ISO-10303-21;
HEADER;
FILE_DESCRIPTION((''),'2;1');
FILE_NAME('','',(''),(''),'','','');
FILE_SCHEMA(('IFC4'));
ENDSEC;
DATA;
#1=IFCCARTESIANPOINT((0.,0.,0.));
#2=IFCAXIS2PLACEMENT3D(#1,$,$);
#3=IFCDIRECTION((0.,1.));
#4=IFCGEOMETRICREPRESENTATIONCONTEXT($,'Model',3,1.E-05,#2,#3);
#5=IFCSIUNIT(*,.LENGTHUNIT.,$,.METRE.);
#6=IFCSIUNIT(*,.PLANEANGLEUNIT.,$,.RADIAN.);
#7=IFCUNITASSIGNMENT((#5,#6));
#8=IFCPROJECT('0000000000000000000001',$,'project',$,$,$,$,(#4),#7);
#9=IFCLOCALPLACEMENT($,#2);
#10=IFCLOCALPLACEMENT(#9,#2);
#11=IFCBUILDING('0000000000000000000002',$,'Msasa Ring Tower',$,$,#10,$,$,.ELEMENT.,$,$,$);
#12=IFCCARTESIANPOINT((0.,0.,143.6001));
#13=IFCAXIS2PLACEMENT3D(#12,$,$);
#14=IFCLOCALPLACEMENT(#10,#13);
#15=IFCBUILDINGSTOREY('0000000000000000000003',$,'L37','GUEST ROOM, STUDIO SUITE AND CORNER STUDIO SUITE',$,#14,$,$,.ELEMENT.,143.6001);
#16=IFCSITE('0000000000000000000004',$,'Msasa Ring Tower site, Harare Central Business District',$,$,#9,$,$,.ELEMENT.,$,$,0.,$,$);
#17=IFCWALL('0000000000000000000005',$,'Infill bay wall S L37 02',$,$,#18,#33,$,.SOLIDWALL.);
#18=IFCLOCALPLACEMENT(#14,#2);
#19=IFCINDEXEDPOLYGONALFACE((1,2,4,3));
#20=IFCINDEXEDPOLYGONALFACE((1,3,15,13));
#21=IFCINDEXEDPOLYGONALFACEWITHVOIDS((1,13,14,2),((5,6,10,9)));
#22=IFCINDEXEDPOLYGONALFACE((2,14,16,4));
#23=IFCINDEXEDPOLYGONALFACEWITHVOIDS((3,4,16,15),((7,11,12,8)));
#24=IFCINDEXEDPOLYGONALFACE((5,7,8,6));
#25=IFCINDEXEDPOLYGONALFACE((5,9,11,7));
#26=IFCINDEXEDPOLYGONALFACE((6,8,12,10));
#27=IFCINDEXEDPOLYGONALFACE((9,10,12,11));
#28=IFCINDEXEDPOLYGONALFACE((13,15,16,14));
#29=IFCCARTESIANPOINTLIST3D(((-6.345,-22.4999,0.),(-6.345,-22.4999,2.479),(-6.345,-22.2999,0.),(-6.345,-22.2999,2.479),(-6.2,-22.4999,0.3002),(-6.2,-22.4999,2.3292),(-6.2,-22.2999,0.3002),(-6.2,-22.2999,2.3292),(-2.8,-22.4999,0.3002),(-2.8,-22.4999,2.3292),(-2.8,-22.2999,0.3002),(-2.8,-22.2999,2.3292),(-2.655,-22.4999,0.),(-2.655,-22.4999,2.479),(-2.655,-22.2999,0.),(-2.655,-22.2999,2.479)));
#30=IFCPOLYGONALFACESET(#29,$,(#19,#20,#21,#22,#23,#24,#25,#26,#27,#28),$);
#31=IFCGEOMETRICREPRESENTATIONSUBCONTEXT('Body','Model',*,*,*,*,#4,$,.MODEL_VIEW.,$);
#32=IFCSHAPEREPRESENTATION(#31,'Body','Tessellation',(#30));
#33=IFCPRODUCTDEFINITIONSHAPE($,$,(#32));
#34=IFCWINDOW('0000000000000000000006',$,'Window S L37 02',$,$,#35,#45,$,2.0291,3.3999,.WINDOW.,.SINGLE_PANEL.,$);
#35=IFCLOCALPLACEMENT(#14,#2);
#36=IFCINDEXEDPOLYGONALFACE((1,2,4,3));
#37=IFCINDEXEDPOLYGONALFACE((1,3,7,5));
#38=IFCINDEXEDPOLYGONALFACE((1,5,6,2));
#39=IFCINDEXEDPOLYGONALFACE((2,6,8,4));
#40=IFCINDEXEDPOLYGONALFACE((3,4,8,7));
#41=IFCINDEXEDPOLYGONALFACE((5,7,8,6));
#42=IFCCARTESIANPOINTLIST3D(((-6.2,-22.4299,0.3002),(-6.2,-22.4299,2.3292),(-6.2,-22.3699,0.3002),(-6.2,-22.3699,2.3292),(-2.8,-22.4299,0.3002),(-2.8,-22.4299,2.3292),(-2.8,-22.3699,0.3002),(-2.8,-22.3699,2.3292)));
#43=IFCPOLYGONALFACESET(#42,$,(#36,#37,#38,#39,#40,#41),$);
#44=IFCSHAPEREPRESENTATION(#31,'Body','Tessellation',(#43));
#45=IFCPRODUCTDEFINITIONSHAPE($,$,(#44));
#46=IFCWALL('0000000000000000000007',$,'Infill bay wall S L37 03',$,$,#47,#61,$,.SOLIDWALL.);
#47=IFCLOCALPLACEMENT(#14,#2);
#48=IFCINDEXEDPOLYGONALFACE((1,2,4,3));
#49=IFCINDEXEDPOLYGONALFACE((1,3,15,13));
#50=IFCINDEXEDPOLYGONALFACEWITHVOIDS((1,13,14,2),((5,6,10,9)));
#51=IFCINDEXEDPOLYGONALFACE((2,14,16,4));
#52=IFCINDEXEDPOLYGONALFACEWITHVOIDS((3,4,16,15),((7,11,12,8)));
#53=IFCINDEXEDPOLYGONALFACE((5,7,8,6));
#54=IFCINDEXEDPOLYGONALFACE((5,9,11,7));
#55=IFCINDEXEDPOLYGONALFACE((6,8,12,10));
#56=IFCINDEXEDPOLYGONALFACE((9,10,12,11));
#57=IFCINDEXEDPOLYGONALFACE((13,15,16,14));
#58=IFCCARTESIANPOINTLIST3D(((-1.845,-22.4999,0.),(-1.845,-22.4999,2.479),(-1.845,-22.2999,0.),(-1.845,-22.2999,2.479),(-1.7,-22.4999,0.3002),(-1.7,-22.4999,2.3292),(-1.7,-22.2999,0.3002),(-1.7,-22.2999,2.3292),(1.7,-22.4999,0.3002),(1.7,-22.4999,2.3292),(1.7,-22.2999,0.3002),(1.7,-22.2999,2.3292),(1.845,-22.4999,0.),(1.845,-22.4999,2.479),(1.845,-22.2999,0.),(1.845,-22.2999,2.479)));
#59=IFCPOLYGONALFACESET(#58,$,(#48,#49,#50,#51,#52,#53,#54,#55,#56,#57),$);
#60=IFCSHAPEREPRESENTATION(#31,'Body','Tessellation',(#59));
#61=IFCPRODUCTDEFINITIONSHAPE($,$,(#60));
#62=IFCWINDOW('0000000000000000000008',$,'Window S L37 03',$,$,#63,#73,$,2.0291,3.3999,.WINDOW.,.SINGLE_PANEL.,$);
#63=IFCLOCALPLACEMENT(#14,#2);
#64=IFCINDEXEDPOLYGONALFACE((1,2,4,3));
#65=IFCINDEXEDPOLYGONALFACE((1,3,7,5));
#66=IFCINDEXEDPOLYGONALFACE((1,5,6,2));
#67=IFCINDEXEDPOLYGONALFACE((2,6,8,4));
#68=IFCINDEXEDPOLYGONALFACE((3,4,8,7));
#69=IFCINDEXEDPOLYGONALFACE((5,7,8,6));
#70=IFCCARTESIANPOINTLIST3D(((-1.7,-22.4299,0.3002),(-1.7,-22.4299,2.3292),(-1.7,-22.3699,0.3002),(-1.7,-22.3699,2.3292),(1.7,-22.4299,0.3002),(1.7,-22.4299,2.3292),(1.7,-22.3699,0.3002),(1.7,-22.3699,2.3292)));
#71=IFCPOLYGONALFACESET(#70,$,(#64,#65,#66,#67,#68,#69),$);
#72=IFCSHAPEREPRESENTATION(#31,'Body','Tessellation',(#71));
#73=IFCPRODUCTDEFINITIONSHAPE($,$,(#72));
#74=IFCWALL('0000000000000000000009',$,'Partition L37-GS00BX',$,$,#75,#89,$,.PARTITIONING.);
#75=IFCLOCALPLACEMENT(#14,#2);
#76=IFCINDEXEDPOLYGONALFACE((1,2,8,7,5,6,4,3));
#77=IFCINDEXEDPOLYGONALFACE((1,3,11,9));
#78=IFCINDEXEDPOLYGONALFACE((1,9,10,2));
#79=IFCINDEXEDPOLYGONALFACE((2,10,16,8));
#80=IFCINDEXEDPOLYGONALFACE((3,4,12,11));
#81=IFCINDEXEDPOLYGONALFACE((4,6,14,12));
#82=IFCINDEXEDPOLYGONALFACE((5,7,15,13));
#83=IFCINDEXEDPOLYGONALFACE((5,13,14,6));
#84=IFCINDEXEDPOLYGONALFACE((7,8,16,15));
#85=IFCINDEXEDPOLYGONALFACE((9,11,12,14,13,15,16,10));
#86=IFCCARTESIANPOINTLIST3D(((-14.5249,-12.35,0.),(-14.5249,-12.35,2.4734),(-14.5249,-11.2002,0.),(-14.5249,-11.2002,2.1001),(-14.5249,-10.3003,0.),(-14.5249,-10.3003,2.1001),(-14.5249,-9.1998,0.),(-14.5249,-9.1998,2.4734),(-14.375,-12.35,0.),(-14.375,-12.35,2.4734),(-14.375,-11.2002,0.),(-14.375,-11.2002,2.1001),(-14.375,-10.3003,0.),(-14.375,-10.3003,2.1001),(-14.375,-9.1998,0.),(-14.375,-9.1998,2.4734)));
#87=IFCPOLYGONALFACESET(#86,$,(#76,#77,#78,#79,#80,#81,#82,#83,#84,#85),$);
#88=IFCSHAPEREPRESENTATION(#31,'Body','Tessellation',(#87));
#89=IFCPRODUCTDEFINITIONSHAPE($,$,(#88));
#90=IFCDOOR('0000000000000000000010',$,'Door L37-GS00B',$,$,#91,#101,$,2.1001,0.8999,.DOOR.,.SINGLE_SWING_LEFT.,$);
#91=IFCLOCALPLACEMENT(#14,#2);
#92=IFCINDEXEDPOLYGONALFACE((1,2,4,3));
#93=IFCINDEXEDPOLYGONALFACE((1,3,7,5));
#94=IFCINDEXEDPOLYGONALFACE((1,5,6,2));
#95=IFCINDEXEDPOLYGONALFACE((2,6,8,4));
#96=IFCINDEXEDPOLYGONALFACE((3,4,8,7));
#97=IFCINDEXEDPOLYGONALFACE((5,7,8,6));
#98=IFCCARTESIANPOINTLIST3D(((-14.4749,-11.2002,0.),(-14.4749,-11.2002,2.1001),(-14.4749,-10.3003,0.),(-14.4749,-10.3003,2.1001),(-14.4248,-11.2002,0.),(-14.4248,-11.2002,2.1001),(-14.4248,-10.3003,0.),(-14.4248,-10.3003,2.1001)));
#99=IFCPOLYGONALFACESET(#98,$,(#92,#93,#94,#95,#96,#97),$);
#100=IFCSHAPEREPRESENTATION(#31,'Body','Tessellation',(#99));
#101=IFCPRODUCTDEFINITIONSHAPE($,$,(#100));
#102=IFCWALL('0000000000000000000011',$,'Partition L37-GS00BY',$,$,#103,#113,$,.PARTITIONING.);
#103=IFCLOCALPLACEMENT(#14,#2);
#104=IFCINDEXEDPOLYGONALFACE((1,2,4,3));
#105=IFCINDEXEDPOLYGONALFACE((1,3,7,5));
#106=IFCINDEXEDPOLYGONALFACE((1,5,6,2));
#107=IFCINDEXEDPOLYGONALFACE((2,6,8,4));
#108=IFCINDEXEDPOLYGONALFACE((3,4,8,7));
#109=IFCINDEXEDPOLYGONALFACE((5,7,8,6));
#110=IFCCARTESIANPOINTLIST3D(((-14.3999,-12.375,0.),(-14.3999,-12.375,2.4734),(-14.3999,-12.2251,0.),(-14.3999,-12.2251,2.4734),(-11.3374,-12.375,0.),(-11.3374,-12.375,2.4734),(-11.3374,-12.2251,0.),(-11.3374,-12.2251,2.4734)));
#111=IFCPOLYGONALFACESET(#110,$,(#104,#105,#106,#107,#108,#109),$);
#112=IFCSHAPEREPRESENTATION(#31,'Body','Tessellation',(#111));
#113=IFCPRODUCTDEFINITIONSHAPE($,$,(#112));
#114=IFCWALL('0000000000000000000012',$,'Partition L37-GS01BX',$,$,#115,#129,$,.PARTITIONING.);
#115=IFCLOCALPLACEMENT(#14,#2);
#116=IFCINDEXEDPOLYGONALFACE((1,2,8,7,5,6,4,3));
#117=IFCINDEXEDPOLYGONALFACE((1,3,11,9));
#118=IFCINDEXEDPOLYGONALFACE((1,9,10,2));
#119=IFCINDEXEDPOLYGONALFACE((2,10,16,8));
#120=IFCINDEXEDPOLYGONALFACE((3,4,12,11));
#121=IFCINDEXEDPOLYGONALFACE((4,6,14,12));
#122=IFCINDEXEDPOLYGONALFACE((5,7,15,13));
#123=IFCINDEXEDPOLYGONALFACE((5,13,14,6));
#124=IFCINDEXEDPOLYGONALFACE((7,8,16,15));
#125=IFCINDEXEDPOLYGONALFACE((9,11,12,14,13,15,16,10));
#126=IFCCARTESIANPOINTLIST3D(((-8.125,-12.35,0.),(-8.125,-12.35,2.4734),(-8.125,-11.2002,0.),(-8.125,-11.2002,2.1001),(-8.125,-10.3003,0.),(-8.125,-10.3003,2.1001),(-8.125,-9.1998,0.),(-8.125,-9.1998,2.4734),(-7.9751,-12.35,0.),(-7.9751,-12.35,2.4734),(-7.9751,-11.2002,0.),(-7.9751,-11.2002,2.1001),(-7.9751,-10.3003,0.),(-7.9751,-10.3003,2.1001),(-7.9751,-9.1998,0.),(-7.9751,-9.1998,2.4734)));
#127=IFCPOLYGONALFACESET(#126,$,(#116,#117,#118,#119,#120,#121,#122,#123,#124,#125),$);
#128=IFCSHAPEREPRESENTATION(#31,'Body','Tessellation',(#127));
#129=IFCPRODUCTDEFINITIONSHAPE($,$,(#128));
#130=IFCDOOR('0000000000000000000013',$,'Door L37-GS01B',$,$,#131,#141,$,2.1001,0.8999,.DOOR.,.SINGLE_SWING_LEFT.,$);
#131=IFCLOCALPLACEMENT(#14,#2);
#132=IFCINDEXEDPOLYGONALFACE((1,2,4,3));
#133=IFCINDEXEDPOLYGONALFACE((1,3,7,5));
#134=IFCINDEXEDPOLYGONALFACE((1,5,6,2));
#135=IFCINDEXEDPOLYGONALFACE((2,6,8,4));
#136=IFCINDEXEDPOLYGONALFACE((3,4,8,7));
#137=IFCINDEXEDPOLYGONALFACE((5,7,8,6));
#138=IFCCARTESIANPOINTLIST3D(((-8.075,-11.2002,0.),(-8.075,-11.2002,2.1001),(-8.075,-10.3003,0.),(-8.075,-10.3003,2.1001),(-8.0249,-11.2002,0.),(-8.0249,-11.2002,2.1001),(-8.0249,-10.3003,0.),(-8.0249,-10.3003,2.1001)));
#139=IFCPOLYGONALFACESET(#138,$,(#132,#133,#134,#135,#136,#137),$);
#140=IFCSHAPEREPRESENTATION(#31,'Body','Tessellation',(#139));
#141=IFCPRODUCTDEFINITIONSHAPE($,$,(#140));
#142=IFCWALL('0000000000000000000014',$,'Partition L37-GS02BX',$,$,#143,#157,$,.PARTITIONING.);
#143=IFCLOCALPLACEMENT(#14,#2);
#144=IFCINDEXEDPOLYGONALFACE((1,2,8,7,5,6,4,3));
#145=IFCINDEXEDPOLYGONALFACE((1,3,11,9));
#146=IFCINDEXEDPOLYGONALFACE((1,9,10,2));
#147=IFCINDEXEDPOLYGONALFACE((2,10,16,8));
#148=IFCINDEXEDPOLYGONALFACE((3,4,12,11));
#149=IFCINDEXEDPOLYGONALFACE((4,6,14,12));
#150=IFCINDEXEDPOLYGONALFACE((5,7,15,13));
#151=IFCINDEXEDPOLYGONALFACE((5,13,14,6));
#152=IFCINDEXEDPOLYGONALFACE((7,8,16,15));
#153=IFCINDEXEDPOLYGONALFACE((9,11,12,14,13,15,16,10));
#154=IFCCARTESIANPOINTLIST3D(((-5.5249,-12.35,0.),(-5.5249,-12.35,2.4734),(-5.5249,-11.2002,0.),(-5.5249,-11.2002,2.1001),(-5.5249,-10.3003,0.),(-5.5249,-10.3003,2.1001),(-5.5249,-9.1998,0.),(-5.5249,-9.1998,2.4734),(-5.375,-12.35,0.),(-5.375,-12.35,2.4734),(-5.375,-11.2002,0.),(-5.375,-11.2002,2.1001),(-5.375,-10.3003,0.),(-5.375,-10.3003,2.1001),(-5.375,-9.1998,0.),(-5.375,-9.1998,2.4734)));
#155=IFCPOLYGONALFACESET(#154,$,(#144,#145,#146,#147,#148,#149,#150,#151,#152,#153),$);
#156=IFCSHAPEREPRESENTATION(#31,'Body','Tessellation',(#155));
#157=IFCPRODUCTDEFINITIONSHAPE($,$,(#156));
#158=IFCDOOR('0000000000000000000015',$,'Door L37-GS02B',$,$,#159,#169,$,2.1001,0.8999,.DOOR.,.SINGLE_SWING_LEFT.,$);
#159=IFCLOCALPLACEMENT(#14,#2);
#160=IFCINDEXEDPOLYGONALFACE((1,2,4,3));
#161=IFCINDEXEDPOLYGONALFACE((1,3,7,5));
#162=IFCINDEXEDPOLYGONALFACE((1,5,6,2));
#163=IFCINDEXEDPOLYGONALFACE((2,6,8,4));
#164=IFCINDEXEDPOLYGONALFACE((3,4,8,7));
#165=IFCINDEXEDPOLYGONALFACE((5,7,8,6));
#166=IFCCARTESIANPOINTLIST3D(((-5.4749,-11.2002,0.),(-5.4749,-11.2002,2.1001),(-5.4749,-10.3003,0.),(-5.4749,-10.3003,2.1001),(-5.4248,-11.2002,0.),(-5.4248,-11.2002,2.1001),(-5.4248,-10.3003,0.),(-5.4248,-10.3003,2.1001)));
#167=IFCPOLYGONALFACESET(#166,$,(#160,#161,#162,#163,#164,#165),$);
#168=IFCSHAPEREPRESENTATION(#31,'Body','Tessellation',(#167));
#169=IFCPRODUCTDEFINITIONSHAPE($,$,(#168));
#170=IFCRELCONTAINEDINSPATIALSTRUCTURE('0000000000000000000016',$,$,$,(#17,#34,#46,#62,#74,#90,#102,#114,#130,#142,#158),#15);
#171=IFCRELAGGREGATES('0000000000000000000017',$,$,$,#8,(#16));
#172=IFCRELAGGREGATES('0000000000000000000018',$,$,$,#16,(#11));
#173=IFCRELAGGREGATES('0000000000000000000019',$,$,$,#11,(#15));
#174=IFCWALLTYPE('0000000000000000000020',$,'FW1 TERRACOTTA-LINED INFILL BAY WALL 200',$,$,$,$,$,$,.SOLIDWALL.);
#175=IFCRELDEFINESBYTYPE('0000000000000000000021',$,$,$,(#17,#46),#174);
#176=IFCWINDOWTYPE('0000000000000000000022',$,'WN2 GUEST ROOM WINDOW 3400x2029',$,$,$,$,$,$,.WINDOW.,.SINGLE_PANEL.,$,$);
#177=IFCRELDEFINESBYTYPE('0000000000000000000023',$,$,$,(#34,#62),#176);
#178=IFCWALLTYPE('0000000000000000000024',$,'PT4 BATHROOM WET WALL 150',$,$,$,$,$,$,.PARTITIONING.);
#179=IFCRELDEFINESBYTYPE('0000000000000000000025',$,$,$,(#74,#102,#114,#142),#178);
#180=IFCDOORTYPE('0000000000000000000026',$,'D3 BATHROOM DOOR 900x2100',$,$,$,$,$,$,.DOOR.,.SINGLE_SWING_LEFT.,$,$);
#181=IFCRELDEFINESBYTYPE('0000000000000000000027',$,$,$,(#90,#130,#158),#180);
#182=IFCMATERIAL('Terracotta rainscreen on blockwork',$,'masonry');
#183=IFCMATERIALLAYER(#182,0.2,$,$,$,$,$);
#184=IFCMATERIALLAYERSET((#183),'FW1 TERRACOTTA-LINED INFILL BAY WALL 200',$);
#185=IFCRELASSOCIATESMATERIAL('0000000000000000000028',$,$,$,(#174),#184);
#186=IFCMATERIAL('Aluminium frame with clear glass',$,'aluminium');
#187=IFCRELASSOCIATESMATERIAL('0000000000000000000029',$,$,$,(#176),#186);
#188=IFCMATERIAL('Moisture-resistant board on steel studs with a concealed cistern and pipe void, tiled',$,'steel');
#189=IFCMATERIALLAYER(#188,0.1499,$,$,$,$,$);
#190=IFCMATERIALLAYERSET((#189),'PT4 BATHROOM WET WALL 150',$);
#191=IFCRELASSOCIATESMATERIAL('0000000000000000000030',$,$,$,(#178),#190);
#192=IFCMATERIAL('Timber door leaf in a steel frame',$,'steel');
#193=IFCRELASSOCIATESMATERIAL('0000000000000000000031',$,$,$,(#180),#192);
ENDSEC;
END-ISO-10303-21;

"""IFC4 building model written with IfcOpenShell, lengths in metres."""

from ifc_helpers import new_model, si_unit, direction, frame, frame_2d, origin, place, context, subcontext, project, spatial, rectangle, extrude, material, layer, layer_set, type_object, element, fill, save


model = new_model("IFC4")

# Units and contexts
model_context = context("Model", 3, precision=1e-05, world=origin(), true_north=direction((0.0, 1.0)))
body_context = subcontext(model_context, "Body", "Model", "MODEL_VIEW")
ifc_project = project(units=[si_unit("LENGTHUNIT", "METRE"), si_unit("PLANEANGLEUNIT", "RADIAN")], contexts=[model_context])

# Site, building, storey
site_placement = place(None, origin())
site = spatial("IfcSite", under=ifc_project, at=site_placement, Name="Msasa Ring Tower site, Harare Central Business District", CompositionType="ELEMENT", RefElevation=0.0)
building_placement = place(site_placement, origin())
building = spatial("IfcBuilding", under=site, at=building_placement, Name="Msasa Ring Tower", CompositionType="ELEMENT")
storey_placement = place(building_placement, frame((0.0, 0.0, 143.6001)))
storey = spatial("IfcBuildingStorey", under=building, at=storey_placement, Name="L37", Description="GUEST ROOM, STUDIO SUITE AND CORNER STUDIO SUITE", CompositionType="ELEMENT", Elevation=143.6001)

# Walls, openings, windows
ifc_material_1 = material(Name="Terracotta rainscreen on blockwork", Category="masonry")
ifc_layer_1 = layer(ifc_material_1, 0.2)
ifc_layer_set_1 = layer_set([ifc_layer_1], Name="FW1 TERRACOTTA-LINED INFILL BAY WALL 200")
wall_type_1 = type_object("IfcWallType", Name="FW1 TERRACOTTA-LINED INFILL BAY WALL 200", PredefinedType="SOLIDWALL", material=ifc_layer_set_1)
ifc_material_2 = material(Name="Aluminium frame with clear glass", Category="aluminium")
window_type = type_object("IfcWindowType", Name="WN2 GUEST ROOM WINDOW 3400x2029", PartitioningType="SINGLE_PANEL", PredefinedType="WINDOW", material=ifc_material_2)
wall_1_placement = place(storey_placement, frame((-6.345, -22.3999, 0.0), z_axis=(0.0, 0.0, 1.0), x_axis=(1.0, 0.0, 0.0)))
wall_1 = element("IfcWall", 1, at=wall_1_placement, inside=storey, type_object=wall_type_1, Name="Infill bay wall S L37 02", PredefinedType="SOLIDWALL", context=body_context, shape_type="SweptSolid", body=[
    extrude(rectangle(XDim=3.6899, YDim=0.2, at=frame_2d((1.845, 0.0))), origin(), (0.0, 0.0, 1.0), 2.479),
])
opening_1_placement = place(wall_1_placement, frame((0.145, 0.0, 0.3)))
opening_1 = element("IfcOpeningElement", 2, at=opening_1_placement, cuts=wall_1, PredefinedType="OPENING", context=body_context, shape_type="SweptSolid", body=[
    extrude(rectangle(XDim=3.3999, YDim=2.0291, at=frame_2d((1.7, 1.0146))), frame((0.0, 0.1099, 0.0), z_axis=(0.0, -1.0, 0.0), x_axis=(1.0, 0.0, 0.0)), (0.0, 0.0, 1.0), 0.22),
])
window_1_placement = place(opening_1_placement, origin())
window_1 = element("IfcWindow", 3, at=window_1_placement, inside=storey, type_object=window_type, Name="Window S L37 02", OverallHeight=2.0291, OverallWidth=3.3999, PartitioningType="SINGLE_PANEL", PredefinedType="WINDOW", context=body_context, shape_type="SweptSolid", body=[
    extrude(rectangle(XDim=3.3999, YDim=2.0291, at=frame_2d((1.7, 1.0146))), frame((0.0, 0.03, 0.0), z_axis=(0.0, -1.0, 0.0), x_axis=(1.0, 0.0, 0.0)), (0.0, 0.0, 1.0), 0.0601),
])
fill(opening_1, window_1)
wall_2_placement = place(storey_placement, frame((-1.845, -22.3999, 0.0), z_axis=(0.0, 0.0, 1.0), x_axis=(1.0, 0.0, 0.0)))
wall_2 = element("IfcWall", 4, at=wall_2_placement, inside=storey, type_object=wall_type_1, Name="Infill bay wall S L37 03", PredefinedType="SOLIDWALL", context=body_context, shape_type="SweptSolid", body=[
    extrude(rectangle(XDim=3.6899, YDim=0.2, at=frame_2d((1.845, 0.0))), origin(), (0.0, 0.0, 1.0), 2.479),
])
opening_2_placement = place(wall_2_placement, frame((0.145, 0.0, 0.3)))
opening_2 = element("IfcOpeningElement", 5, at=opening_2_placement, cuts=wall_2, PredefinedType="OPENING", context=body_context, shape_type="SweptSolid", body=[
    extrude(rectangle(XDim=3.3999, YDim=2.0291, at=frame_2d((1.7, 1.0146))), frame((0.0, 0.1099, 0.0), z_axis=(0.0, -1.0, 0.0), x_axis=(1.0, 0.0, 0.0)), (0.0, 0.0, 1.0), 0.22),
])
window_2_placement = place(opening_2_placement, origin())
window_2 = element("IfcWindow", 6, at=window_2_placement, inside=storey, type_object=window_type, Name="Window S L37 03", OverallHeight=2.0291, OverallWidth=3.3999, PartitioningType="SINGLE_PANEL", PredefinedType="WINDOW", context=body_context, shape_type="SweptSolid", body=[
    extrude(rectangle(XDim=3.3999, YDim=2.0291, at=frame_2d((1.7, 1.0146))), frame((0.0, 0.03, 0.0), z_axis=(0.0, -1.0, 0.0), x_axis=(1.0, 0.0, 0.0)), (0.0, 0.0, 1.0), 0.0601),
])
fill(opening_2, window_2)

# Wall, opening, door
ifc_material_3 = material(Name="Moisture-resistant board on steel studs with a concealed cistern and pipe void, tiled", Category="steel")
ifc_layer_2 = layer(ifc_material_3, 0.1499)
ifc_layer_set_2 = layer_set([ifc_layer_2], Name="PT4 BATHROOM WET WALL 150")
wall_type_2 = type_object("IfcWallType", Name="PT4 BATHROOM WET WALL 150", PredefinedType="PARTITIONING", material=ifc_layer_set_2)
wall_3_placement = place(storey_placement, frame((-14.45, -12.3501, 0.0), z_axis=(0.0, 0.0, 1.0), x_axis=(0.0, 1.0, 0.0)))
wall_3 = element("IfcWall", 7, at=wall_3_placement, inside=storey, type_object=wall_type_2, Name="Partition L37-GS00BX", PredefinedType="PARTITIONING", context=body_context, shape_type="SweptSolid", body=[
    extrude(rectangle(XDim=3.1501, YDim=0.1499, at=frame_2d((1.5752, 0.0))), origin(), (0.0, 0.0, 1.0), 2.4734),
])
opening_3_placement = place(wall_3_placement, frame((1.1499, 0.0, 0.0)))
opening_3 = element("IfcOpeningElement", 8, at=opening_3_placement, cuts=wall_3, PredefinedType="OPENING", context=body_context, shape_type="SweptSolid", body=[
    extrude(rectangle(XDim=0.8999, YDim=2.1001, at=frame_2d((0.45, 1.05))), frame((0.0, 0.085, 0.0), z_axis=(0.0, -1.0, 0.0), x_axis=(1.0, 0.0, 0.0)), (0.0, 0.0, 1.0), 0.1699),
])
ifc_material_4 = material(Name="Timber door leaf in a steel frame", Category="steel")
door_type = type_object("IfcDoorType", Name="D3 BATHROOM DOOR 900x2100", OperationType="SINGLE_SWING_LEFT", PredefinedType="DOOR", material=ifc_material_4)
door_1_placement = place(opening_3_placement, origin())
door_1 = element("IfcDoor", 9, at=door_1_placement, inside=storey, type_object=door_type, Name="Door L37-GS00B", OperationType="SINGLE_SWING_LEFT", OverallHeight=2.1001, OverallWidth=0.8999, PredefinedType="DOOR", context=body_context, shape_type="SweptSolid", body=[
    extrude(rectangle(XDim=0.8999, YDim=2.1001, at=frame_2d((0.45, 1.05))), frame((0.0, 0.0249, 0.0), z_axis=(0.0, -1.0, 0.0), x_axis=(1.0, 0.0, 0.0)), (0.0, 0.0, 1.0), 0.05),
])
fill(opening_3, door_1)

# Wall
wall_4_placement = place(storey_placement, frame((-14.3999, -12.3, 0.0), z_axis=(0.0, 0.0, 1.0), x_axis=(1.0, 0.0, 0.0)))
element("IfcWall", 10, at=wall_4_placement, inside=storey, type_object=wall_type_2, Name="Partition L37-GS00BY", PredefinedType="PARTITIONING", context=body_context, shape_type="SweptSolid", body=[
    extrude(rectangle(XDim=3.0625, YDim=0.1499, at=frame_2d((1.5312, 0.0))), origin(), (0.0, 0.0, 1.0), 2.4734),
])

# Walls, openings, doors
wall_5_placement = place(storey_placement, frame((-8.05, -12.3501, 0.0), z_axis=(0.0, 0.0, 1.0), x_axis=(0.0, 1.0, 0.0)))
wall_5 = element("IfcWall", 11, at=wall_5_placement, inside=storey, type_object=wall_type_2, Name="Partition L37-GS01BX", PredefinedType="PARTITIONING", context=body_context, shape_type="SweptSolid", body=[
    extrude(rectangle(XDim=3.1501, YDim=0.1499, at=frame_2d((1.5752, 0.0))), origin(), (0.0, 0.0, 1.0), 2.4734),
])
opening_4_placement = place(wall_5_placement, frame((1.1499, 0.0, 0.0)))
opening_4 = element("IfcOpeningElement", 12, at=opening_4_placement, cuts=wall_5, PredefinedType="OPENING", context=body_context, shape_type="SweptSolid", body=[
    extrude(rectangle(XDim=0.8999, YDim=2.1001, at=frame_2d((0.45, 1.05))), frame((0.0, 0.085, 0.0), z_axis=(0.0, -1.0, 0.0), x_axis=(1.0, 0.0, 0.0)), (0.0, 0.0, 1.0), 0.1699),
])
door_2_placement = place(opening_4_placement, origin())
door_2 = element("IfcDoor", 13, at=door_2_placement, inside=storey, type_object=door_type, Name="Door L37-GS01B", OperationType="SINGLE_SWING_LEFT", OverallHeight=2.1001, OverallWidth=0.8999, PredefinedType="DOOR", context=body_context, shape_type="SweptSolid", body=[
    extrude(rectangle(XDim=0.8999, YDim=2.1001, at=frame_2d((0.45, 1.05))), frame((0.0, 0.0249, 0.0), z_axis=(0.0, -1.0, 0.0), x_axis=(1.0, 0.0, 0.0)), (0.0, 0.0, 1.0), 0.05),
])
fill(opening_4, door_2)
wall_6_placement = place(storey_placement, frame((-5.45, -12.3501, 0.0), z_axis=(0.0, 0.0, 1.0), x_axis=(0.0, 1.0, 0.0)))
wall_6 = element("IfcWall", 14, at=wall_6_placement, inside=storey, type_object=wall_type_2, Name="Partition L37-GS02BX", PredefinedType="PARTITIONING", context=body_context, shape_type="SweptSolid", body=[
    extrude(rectangle(XDim=3.1501, YDim=0.1499, at=frame_2d((1.5752, 0.0))), origin(), (0.0, 0.0, 1.0), 2.4734),
])
opening_5_placement = place(wall_6_placement, frame((1.1499, 0.0, 0.0)))
opening_5 = element("IfcOpeningElement", 15, at=opening_5_placement, cuts=wall_6, PredefinedType="OPENING", context=body_context, shape_type="SweptSolid", body=[
    extrude(rectangle(XDim=0.8999, YDim=2.1001, at=frame_2d((0.45, 1.05))), frame((0.0, 0.085, 0.0), z_axis=(0.0, -1.0, 0.0), x_axis=(1.0, 0.0, 0.0)), (0.0, 0.0, 1.0), 0.1699),
])
door_3_placement = place(opening_5_placement, origin())
door_3 = element("IfcDoor", 16, at=door_3_placement, inside=storey, type_object=door_type, Name="Door L37-GS02B", OperationType="SINGLE_SWING_LEFT", OverallHeight=2.1001, OverallWidth=0.8999, PredefinedType="DOOR", context=body_context, shape_type="SweptSolid", body=[
    extrude(rectangle(XDim=0.8999, YDim=2.1001, at=frame_2d((0.45, 1.05))), frame((0.0, 0.0249, 0.0), z_axis=(0.0, -1.0, 0.0), x_axis=(1.0, 0.0, 0.0)), (0.0, 0.0, 1.0), 0.05),
])
fill(opening_5, door_3)

save(model, "model.ifc")
